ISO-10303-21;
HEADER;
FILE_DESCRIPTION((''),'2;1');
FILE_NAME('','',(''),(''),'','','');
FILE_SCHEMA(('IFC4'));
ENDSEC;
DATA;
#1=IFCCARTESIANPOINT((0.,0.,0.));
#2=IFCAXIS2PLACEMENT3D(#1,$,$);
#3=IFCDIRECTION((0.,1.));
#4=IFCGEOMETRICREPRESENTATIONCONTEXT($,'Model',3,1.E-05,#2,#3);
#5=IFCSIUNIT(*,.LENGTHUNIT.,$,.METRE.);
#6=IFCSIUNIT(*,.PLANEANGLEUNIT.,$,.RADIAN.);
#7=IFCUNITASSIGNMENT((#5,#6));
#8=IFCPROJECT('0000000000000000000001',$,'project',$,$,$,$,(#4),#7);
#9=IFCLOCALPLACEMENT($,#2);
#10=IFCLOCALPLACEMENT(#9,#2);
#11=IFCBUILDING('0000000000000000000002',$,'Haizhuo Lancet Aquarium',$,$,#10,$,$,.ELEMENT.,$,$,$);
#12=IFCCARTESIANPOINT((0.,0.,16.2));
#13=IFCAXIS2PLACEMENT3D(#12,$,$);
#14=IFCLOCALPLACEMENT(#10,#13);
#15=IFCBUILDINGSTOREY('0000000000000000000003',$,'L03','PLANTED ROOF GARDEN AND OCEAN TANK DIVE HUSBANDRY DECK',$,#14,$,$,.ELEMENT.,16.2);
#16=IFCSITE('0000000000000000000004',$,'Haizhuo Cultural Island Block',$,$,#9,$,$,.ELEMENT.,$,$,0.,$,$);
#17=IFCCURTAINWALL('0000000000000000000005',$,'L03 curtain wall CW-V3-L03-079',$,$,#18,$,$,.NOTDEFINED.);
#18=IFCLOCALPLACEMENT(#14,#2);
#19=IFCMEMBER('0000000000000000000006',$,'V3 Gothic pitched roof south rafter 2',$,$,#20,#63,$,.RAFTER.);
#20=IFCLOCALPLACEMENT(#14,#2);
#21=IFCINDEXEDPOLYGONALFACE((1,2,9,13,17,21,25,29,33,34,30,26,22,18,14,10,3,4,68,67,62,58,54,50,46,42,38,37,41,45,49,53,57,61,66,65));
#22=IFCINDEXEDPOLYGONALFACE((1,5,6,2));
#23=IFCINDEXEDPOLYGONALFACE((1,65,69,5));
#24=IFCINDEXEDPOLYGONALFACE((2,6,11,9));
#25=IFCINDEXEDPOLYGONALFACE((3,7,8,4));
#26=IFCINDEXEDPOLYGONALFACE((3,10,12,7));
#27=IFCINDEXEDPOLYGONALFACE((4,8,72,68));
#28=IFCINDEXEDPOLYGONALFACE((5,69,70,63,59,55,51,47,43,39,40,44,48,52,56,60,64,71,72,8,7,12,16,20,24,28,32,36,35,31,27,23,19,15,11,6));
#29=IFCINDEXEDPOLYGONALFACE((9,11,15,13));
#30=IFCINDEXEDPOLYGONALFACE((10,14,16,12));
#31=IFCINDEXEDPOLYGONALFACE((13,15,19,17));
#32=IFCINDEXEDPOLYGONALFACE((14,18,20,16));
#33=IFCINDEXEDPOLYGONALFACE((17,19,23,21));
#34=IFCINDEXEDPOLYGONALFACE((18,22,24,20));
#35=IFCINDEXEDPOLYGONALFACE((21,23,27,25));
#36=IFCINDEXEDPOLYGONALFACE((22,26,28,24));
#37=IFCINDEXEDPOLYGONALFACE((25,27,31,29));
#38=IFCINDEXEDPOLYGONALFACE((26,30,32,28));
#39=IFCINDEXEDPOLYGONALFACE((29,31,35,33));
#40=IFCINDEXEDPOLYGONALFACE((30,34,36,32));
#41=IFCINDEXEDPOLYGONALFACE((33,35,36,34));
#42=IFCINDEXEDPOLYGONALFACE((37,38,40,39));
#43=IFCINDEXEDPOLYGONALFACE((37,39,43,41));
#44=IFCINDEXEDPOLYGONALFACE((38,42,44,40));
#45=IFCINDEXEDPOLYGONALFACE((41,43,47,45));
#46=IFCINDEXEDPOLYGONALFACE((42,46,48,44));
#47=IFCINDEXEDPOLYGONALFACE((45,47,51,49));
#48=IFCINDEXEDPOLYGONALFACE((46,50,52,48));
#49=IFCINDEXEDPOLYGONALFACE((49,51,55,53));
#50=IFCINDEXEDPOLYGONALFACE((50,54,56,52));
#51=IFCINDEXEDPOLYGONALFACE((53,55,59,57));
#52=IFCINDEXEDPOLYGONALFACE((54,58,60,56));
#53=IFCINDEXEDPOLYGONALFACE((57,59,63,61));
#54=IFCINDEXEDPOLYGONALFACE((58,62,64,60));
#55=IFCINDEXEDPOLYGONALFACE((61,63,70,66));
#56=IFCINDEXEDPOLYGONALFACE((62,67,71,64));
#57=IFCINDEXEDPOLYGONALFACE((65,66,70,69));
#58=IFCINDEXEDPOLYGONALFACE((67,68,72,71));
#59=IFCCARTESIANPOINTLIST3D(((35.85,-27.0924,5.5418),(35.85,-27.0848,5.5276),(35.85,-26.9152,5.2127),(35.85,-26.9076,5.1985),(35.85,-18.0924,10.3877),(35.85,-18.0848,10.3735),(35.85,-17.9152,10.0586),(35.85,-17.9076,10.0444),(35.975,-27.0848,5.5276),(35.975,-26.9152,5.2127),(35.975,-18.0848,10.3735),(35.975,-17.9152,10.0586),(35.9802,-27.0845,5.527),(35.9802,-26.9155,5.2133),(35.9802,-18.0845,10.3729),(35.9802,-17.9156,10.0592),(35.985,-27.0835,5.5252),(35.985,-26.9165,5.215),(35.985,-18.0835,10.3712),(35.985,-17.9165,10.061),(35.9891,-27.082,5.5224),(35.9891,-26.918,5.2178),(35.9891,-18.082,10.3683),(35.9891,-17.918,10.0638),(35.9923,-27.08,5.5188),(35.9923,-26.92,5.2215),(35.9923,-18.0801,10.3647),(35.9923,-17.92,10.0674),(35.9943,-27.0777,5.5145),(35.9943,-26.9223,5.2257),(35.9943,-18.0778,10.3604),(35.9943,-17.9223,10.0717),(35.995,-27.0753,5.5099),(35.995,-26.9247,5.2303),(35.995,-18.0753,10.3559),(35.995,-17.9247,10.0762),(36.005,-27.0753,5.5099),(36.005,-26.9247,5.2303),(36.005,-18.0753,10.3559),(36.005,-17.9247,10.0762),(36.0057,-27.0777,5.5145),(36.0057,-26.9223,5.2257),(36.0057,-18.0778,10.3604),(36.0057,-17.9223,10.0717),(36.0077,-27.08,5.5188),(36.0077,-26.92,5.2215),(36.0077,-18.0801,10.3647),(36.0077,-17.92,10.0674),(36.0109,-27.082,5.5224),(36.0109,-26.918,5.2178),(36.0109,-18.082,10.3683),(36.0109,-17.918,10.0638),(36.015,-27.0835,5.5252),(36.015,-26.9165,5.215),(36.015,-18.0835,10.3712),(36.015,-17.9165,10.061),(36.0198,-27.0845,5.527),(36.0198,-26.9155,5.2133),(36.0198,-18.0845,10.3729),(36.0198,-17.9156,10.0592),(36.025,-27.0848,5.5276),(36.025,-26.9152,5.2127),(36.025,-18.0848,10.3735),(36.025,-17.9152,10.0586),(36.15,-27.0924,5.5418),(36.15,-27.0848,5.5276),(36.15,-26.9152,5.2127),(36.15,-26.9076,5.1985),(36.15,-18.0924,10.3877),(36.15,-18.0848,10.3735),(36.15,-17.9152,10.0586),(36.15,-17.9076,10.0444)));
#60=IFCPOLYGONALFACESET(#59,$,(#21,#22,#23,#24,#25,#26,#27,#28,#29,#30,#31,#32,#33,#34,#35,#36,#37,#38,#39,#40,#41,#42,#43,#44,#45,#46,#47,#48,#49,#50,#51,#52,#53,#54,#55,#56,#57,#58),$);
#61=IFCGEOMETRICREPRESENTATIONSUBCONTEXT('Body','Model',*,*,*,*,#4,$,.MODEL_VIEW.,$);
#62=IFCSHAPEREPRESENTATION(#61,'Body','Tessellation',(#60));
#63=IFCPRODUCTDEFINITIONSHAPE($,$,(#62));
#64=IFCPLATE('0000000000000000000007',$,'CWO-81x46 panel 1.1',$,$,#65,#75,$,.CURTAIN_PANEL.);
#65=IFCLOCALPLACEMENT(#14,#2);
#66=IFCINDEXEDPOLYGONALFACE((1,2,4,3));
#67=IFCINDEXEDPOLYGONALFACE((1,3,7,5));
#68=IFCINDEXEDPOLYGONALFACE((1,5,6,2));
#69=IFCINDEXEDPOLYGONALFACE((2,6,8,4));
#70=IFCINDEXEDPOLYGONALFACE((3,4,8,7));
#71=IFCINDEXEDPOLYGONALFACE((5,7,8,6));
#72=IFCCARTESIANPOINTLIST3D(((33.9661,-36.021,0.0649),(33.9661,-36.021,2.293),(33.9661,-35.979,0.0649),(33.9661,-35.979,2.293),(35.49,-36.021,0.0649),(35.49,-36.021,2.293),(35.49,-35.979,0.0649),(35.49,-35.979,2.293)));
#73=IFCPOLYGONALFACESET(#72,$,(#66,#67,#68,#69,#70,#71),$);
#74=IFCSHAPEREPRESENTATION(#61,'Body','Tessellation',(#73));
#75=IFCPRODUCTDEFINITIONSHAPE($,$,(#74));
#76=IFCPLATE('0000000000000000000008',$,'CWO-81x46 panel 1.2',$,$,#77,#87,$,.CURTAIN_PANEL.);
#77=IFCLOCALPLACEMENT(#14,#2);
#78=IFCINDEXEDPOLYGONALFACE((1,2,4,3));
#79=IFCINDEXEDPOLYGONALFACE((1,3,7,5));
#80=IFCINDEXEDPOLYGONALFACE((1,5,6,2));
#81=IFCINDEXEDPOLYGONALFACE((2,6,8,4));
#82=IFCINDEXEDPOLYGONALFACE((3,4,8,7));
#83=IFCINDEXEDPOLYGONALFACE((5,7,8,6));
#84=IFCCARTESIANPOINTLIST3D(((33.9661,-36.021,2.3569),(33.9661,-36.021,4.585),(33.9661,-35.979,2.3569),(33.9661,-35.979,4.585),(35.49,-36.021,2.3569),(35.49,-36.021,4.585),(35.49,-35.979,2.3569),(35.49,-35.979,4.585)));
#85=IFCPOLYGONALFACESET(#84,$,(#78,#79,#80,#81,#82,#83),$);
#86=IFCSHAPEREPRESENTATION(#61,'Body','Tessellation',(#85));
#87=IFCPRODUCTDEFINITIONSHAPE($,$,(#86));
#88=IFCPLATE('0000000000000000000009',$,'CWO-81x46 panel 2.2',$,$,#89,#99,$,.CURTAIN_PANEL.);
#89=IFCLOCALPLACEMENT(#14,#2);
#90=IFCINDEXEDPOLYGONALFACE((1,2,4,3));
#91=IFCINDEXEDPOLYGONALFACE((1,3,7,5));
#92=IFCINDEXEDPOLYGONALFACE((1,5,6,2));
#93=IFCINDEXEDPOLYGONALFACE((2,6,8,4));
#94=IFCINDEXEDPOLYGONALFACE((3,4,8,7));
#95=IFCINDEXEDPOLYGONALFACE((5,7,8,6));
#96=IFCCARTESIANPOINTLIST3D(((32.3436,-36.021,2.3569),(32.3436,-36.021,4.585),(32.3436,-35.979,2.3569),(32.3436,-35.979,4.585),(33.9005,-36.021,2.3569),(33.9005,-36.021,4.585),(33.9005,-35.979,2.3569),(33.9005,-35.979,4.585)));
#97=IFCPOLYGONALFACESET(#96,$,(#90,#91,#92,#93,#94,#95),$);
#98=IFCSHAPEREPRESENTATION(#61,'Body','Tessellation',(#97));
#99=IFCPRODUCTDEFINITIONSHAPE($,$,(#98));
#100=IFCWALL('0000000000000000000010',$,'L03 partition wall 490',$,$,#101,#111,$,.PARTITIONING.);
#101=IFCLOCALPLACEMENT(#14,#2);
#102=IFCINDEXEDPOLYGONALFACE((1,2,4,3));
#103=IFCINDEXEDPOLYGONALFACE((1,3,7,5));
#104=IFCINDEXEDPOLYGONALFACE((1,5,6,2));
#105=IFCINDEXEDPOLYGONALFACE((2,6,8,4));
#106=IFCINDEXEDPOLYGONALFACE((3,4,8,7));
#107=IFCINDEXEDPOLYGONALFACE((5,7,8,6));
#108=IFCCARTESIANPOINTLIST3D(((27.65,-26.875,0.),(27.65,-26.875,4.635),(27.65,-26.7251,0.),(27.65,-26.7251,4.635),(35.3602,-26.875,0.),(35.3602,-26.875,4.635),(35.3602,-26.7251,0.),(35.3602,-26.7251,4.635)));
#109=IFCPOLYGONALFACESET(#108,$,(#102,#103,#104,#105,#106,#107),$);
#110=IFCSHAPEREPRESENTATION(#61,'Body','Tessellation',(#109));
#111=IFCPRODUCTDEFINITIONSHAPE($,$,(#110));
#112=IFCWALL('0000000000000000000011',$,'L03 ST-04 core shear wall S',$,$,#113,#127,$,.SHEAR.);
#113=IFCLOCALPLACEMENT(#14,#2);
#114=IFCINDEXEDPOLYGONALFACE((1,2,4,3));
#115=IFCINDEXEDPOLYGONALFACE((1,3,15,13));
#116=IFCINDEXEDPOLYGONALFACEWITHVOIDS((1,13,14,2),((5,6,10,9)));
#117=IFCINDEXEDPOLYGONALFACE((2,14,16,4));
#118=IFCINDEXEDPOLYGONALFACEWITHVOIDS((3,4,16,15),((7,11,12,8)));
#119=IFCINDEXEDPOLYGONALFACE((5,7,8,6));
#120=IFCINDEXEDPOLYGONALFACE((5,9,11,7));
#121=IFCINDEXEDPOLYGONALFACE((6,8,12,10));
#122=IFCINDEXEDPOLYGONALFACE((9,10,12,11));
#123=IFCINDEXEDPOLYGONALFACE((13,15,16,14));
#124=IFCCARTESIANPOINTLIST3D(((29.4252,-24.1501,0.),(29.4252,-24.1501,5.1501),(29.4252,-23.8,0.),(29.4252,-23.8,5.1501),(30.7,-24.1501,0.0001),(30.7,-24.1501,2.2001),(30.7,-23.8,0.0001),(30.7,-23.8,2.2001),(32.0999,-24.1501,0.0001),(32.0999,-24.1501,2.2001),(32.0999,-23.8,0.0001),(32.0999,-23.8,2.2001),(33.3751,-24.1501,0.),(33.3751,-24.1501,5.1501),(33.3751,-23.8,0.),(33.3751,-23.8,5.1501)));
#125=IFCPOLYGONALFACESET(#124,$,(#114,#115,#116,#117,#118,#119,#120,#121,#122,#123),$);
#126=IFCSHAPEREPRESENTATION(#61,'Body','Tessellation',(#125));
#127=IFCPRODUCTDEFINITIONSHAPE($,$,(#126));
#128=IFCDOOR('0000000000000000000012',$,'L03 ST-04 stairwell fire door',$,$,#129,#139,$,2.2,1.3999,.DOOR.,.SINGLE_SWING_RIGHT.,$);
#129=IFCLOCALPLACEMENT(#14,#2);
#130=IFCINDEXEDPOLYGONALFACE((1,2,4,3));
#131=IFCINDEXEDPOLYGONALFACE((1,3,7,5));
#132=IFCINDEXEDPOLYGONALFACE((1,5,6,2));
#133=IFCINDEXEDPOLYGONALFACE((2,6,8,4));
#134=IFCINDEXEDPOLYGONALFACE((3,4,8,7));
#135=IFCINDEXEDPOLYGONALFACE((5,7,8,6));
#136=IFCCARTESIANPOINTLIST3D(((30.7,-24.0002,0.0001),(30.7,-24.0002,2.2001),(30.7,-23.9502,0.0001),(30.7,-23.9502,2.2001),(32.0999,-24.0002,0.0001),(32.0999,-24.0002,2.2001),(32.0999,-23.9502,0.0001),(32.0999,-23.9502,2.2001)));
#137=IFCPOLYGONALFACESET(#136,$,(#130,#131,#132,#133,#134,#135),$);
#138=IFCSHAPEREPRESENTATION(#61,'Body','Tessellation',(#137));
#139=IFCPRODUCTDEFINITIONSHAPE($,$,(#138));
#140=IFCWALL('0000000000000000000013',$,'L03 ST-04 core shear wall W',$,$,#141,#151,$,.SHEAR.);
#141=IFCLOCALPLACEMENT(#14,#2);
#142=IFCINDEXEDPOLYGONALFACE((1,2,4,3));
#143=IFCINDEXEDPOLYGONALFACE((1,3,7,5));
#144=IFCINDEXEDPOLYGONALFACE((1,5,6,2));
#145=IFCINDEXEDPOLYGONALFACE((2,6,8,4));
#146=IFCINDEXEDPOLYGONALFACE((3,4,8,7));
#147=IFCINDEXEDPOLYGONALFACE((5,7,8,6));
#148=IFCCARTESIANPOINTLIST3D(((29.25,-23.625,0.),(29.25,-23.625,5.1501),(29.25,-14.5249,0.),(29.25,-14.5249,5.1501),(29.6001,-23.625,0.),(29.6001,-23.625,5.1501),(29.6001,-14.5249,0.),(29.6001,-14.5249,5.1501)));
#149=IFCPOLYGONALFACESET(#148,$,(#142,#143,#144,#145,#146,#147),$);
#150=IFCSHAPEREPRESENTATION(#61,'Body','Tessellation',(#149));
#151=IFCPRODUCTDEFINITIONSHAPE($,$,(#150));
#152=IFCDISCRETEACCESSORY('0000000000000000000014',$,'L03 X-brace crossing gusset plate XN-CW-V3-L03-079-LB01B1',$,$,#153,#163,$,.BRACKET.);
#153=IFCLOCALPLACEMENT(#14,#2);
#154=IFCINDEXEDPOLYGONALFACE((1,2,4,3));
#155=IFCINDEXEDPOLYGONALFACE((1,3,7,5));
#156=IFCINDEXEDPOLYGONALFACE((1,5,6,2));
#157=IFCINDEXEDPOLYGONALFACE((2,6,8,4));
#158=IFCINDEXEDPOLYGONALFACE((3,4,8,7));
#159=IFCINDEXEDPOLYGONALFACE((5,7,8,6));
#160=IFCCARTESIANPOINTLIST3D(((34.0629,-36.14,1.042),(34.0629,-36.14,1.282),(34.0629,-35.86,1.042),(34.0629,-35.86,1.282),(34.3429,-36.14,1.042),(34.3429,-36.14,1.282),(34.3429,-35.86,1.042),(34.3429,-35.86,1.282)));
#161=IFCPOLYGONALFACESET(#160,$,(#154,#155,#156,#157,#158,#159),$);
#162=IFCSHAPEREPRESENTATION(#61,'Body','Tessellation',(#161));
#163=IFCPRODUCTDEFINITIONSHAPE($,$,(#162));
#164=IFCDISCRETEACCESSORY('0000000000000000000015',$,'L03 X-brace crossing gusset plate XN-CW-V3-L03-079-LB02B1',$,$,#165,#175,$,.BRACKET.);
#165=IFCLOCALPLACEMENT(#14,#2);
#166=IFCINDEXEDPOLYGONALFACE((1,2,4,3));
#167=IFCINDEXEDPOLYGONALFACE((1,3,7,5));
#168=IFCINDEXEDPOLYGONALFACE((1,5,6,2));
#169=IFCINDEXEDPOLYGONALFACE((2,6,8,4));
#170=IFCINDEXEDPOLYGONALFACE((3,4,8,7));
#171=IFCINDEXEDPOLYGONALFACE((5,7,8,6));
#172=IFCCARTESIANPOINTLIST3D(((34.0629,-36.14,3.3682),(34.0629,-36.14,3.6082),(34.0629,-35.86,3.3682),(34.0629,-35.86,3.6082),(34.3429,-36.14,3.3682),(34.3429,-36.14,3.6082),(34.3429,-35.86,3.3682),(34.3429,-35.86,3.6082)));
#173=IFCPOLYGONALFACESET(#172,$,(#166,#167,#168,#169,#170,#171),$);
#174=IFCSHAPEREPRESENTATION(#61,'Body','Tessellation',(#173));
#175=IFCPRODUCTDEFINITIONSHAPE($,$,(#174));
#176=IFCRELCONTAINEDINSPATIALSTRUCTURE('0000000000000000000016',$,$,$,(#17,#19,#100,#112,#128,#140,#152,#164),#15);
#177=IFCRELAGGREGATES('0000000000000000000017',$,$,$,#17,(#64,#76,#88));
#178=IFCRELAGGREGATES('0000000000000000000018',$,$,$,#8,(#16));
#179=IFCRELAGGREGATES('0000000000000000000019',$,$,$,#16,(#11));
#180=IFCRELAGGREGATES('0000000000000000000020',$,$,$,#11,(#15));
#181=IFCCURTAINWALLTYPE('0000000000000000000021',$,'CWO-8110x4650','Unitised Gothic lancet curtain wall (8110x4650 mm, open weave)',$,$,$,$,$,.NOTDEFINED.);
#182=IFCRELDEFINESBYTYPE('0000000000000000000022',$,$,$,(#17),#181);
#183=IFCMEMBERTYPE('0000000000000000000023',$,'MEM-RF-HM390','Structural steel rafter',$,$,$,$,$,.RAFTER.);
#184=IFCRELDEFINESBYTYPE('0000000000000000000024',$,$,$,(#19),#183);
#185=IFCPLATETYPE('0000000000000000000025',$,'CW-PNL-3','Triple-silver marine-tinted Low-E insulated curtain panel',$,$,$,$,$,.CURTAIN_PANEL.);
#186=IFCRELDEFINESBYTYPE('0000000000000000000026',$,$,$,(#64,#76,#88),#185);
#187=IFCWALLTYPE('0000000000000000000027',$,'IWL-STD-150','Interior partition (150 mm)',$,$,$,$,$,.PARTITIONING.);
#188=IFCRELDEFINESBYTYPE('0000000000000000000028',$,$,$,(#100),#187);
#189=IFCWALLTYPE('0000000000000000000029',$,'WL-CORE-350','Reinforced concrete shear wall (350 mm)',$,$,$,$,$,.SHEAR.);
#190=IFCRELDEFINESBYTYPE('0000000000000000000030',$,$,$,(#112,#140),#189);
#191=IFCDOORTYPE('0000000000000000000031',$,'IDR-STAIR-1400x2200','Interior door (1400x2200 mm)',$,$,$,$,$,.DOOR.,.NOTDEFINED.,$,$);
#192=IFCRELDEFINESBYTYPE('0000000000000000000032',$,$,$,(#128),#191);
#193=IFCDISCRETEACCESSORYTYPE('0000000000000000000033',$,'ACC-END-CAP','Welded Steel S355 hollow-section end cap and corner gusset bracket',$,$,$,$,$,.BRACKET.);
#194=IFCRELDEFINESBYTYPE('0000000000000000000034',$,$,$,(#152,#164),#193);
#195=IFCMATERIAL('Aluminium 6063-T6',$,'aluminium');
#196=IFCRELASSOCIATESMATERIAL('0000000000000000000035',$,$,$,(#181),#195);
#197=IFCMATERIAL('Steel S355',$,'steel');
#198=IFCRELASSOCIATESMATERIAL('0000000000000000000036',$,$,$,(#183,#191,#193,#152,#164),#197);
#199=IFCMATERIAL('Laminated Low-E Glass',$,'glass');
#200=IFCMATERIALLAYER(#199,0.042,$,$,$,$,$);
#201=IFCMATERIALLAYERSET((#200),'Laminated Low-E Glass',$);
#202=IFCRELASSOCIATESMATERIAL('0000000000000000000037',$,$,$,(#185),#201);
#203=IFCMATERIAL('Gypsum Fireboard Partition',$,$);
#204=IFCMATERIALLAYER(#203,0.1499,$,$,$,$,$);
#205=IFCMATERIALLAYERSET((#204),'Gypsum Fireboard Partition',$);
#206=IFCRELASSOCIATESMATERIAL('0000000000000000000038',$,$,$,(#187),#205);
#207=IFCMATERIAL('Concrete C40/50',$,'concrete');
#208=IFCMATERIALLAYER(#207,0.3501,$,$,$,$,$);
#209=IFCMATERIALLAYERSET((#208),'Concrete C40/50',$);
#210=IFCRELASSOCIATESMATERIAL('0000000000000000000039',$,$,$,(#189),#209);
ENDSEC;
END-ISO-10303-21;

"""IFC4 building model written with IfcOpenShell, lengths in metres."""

from ifc_helpers import new_model, si_unit, direction, frame, frame_2d, origin, origin_2d, place, context, subcontext, project, spatial, rectangle, i_section, extrude, material, layer, layer_set, material_profile, profile_set, type_object, element, fill, aggregate, save


model = new_model("IFC4")

# Units and contexts
model_context = context("Model", 3, precision=1e-05, world=origin(), true_north=direction((0.0, 1.0)))
body_context = subcontext(model_context, "Body", "Model", "MODEL_VIEW")
ifc_project = project(units=[si_unit("LENGTHUNIT", "METRE"), si_unit("PLANEANGLEUNIT", "RADIAN")], contexts=[model_context])

# Site, building, storey
site_placement = place(None, origin())
site = spatial("IfcSite", under=ifc_project, at=site_placement, Name="Haizhuo Cultural Island Block", CompositionType="ELEMENT", RefElevation=0.0)
building_placement = place(site_placement, origin())
building = spatial("IfcBuilding", under=site, at=building_placement, Name="Haizhuo Lancet Aquarium", CompositionType="ELEMENT")
storey_placement = place(building_placement, frame((0.0, 0.0, 16.2)))
storey = spatial("IfcBuildingStorey", under=building, at=storey_placement, Name="L03", Description="PLANTED ROOF GARDEN AND OCEAN TANK DIVE HUSBANDRY DECK", CompositionType="ELEMENT", Elevation=16.2)

# Shared definitions
ifc_material_1 = material(Name="Concrete C40/50", Category="concrete")

# Curtain wall
ifc_material_2 = material(Name="Aluminium 6063-T6", Category="aluminium")
curtain_wall_type = type_object("IfcCurtainWallType", Name="CWO-8110x4650", Description="Unitised Gothic lancet curtain wall (8110x4650 mm, open weave)", PredefinedType="NOTDEFINED", material=ifc_material_2)
curtain_wall_placement = place(storey_placement, origin())
curtain_wall = element("IfcCurtainWall", 1, at=curtain_wall_placement, inside=storey, type_object=curtain_wall_type, Name="L03 curtain wall CW-V3-L03-079", PredefinedType="NOTDEFINED")

# Member
ifc_material_3 = material(Name="Steel S355", Category="steel")
ifc_material_profile_1 = material_profile(ifc_material_3, i_section(OverallWidth=0.3, OverallDepth=0.3899, WebThickness=0.01, FlangeThickness=0.0161, FilletRadius=0.02, at=origin_2d()), Name="HM 390x300x10x16")
ifc_profile_set_1 = profile_set([ifc_material_profile_1], Name="Steel S355")
member_type_1 = type_object("IfcMemberType", Name="MEM-RF-HM390", Description="Structural steel rafter", PredefinedType="RAFTER", material=ifc_profile_set_1)
member_1_placement = place(storey_placement, frame((36.0, -27.0, 5.3701), z_axis=(0.0, 0.88048, 0.474084), x_axis=(-1.0, 0.0, 0.0)))
element("IfcMember", 2, at=member_1_placement, inside=storey, type_object=member_type_1, Name="V3 Gothic pitched roof south rafter 2", PredefinedType="RAFTER", context=body_context, shape_type="SweptSolid", body=[
    extrude(i_section(OverallWidth=0.3, OverallDepth=0.3899, WebThickness=0.01, FlangeThickness=0.0161, FilletRadius=0.02, at=origin_2d()), origin(), (0.0, 0.0, 1.0), 10.2217),
])

# Plates
ifc_material_4 = material(Name="Laminated Low-E Glass", Category="glass")
ifc_layer_1 = layer(ifc_material_4, 0.042)
ifc_layer_set_1 = layer_set([ifc_layer_1], Name="Laminated Low-E Glass")
plate_type = type_object("IfcPlateType", Name="CW-PNL-3", Description="Triple-silver marine-tinted Low-E insulated curtain panel", PredefinedType="CURTAIN_PANEL", material=ifc_layer_set_1)
plate_1_placement = place(storey_placement, frame((34.728, -36.0, 0.0649), z_axis=(0.0, 0.0, 1.0), x_axis=(-1.0, 0.0, 0.0)))
plate_1 = element("IfcPlate", 3, at=plate_1_placement, type_object=plate_type, Name="CWO-81x46 panel 1.1", PredefinedType="CURTAIN_PANEL", context=body_context, shape_type="SweptSolid", body=[
    extrude(rectangle(XDim=1.5239, YDim=0.042, at=origin_2d()), origin(), (0.0, 0.0, 1.0), 2.228),
])
plate_2_placement = place(storey_placement, frame((34.728, -36.0, 2.3569), z_axis=(0.0, 0.0, 1.0), x_axis=(-1.0, 0.0, 0.0)))
plate_2 = element("IfcPlate", 4, at=plate_2_placement, type_object=plate_type, Name="CWO-81x46 panel 1.2", PredefinedType="CURTAIN_PANEL", context=body_context, shape_type="SweptSolid", body=[
    extrude(rectangle(XDim=1.5239, YDim=0.042, at=origin_2d()), origin(), (0.0, 0.0, 1.0), 2.228),
])
plate_3_placement = place(storey_placement, frame((33.1221, -36.0, 2.3569), z_axis=(0.0, 0.0, 1.0), x_axis=(-1.0, 0.0, 0.0)))
plate_3 = element("IfcPlate", 5, at=plate_3_placement, type_object=plate_type, Name="CWO-81x46 panel 2.2", PredefinedType="CURTAIN_PANEL", context=body_context, shape_type="SweptSolid", body=[
    extrude(rectangle(XDim=1.5569, YDim=0.042, at=origin_2d()), origin(), (0.0, 0.0, 1.0), 2.228),
])
aggregate(curtain_wall, [plate_1, plate_2, plate_3])

# Wall
ifc_material_5 = material(Name="Gypsum Fireboard Partition")
ifc_layer_2 = layer(ifc_material_5, 0.1499)
ifc_layer_set_2 = layer_set([ifc_layer_2], Name="Gypsum Fireboard Partition")
wall_type_1 = type_object("IfcWallType", Name="IWL-STD-150", Description="Interior partition (150 mm)", PredefinedType="PARTITIONING", material=ifc_layer_set_2)
wall_1_placement = place(storey_placement, frame((35.3601, -26.8, 0.0), z_axis=(0.0, 0.0, 1.0), x_axis=(-1.0, 0.0, 0.0)))
element("IfcWall", 6, at=wall_1_placement, inside=storey, type_object=wall_type_1, Name="L03 partition wall 490", PredefinedType="PARTITIONING", context=body_context, shape_type="SweptSolid", body=[
    extrude(rectangle(XDim=7.7102, YDim=0.1499, at=frame_2d((3.855, 0.0))), origin(), (0.0, 0.0, 1.0), 4.635),
])

# Wall, opening, door
ifc_layer_3 = layer(ifc_material_1, 0.3501)
ifc_layer_set_3 = layer_set([ifc_layer_3], Name="Concrete C40/50")
wall_type_2 = type_object("IfcWallType", Name="WL-CORE-350", Description="Reinforced concrete shear wall (350 mm)", PredefinedType="SHEAR", material=ifc_layer_set_3)
wall_2_placement = place(storey_placement, frame((29.425, -23.9751, 0.0), z_axis=(0.0, 0.0, 1.0), x_axis=(1.0, 0.0, 0.0)))
wall_2 = element("IfcWall", 7, at=wall_2_placement, inside=storey, type_object=wall_type_2, Name="L03 ST-04 core shear wall S", PredefinedType="SHEAR", context=body_context, shape_type="SweptSolid", body=[
    extrude(rectangle(XDim=3.95, YDim=0.3501, at=frame_2d((1.9751, 0.0))), origin(), (0.0, 0.0, 1.0), 5.1501),
])
opening_placement = place(wall_2_placement, frame((1.2749, 0.0, 0.0)))
opening = element("IfcOpeningElement", 8, at=opening_placement, cuts=wall_2, PredefinedType="OPENING", context=body_context, shape_type="SweptSolid", body=[
    extrude(rectangle(XDim=1.3999, YDim=2.2, at=frame_2d((0.7, 1.1001))), frame((0.0, 0.1851, 0.0), z_axis=(0.0, -1.0, 0.0), x_axis=(1.0, 0.0, 0.0)), (0.0, 0.0, 1.0), 0.3701),
])
door_type = type_object("IfcDoorType", Name="IDR-STAIR-1400x2200", Description="Interior door (1400x2200 mm)", OperationType="NOTDEFINED", PredefinedType="DOOR", material=ifc_material_3)
door_placement = place(opening_placement, origin())
door = element("IfcDoor", 9, at=door_placement, inside=storey, type_object=door_type, Name="L03 ST-04 stairwell fire door", OperationType="SINGLE_SWING_RIGHT", OverallHeight=2.2, OverallWidth=1.3999, PredefinedType="DOOR", context=body_context, shape_type="SweptSolid", body=[
    extrude(rectangle(XDim=1.3999, YDim=2.2, at=frame_2d((0.7, 1.1001))), frame((0.0, 0.0249, 0.0), z_axis=(0.0, -1.0, 0.0), x_axis=(1.0, 0.0, 0.0)), (0.0, 0.0, 1.0), 0.05),
])
fill(opening, door)

# Wall
wall_3_placement = place(storey_placement, frame((29.425, -23.625, 0.0), z_axis=(0.0, 0.0, 1.0), x_axis=(0.0, 1.0, 0.0)))
element("IfcWall", 10, at=wall_3_placement, inside=storey, type_object=wall_type_2, Name="L03 ST-04 core shear wall W", PredefinedType="SHEAR", context=body_context, shape_type="SweptSolid", body=[
    extrude(rectangle(XDim=9.1001, YDim=0.3501, at=frame_2d((4.55, 0.0))), origin(), (0.0, 0.0, 1.0), 5.1501),
])

# Discrete accessories
discrete_accessory_type = type_object("IfcDiscreteAccessoryType", Name="ACC-END-CAP", Description="Welded Steel S355 hollow-section end cap and corner gusset bracket", PredefinedType="BRACKET", material=ifc_material_3)
for number, where, z_axis, x_axis, name in (
    (11, (34.2029, -36.0, 1.042), (0.0, 0.0, 1.0), (1.0, 0.0, 0.0), "L03 X-brace crossing gusset plate XN-CW-V3-L03-079-LB01B1"),
    (12, (34.2029, -36.0, 3.3682), (0.0, 0.0, 1.0), (1.0, 0.0, 0.0), "L03 X-brace crossing gusset plate XN-CW-V3-L03-079-LB02B1"),
):
    element("IfcDiscreteAccessory", number, at=place(storey_placement, frame(where, z_axis=z_axis, x_axis=x_axis)), inside=storey, type_object=discrete_accessory_type, material=ifc_material_3, Name=name, PredefinedType="BRACKET", context=body_context, shape_type="SweptSolid", body=[
        extrude(rectangle(XDim=0.28, YDim=0.28, at=origin_2d()), origin(), (0.0, 0.0, 1.0), 0.24),
    ])

save(model, "model.ifc")
